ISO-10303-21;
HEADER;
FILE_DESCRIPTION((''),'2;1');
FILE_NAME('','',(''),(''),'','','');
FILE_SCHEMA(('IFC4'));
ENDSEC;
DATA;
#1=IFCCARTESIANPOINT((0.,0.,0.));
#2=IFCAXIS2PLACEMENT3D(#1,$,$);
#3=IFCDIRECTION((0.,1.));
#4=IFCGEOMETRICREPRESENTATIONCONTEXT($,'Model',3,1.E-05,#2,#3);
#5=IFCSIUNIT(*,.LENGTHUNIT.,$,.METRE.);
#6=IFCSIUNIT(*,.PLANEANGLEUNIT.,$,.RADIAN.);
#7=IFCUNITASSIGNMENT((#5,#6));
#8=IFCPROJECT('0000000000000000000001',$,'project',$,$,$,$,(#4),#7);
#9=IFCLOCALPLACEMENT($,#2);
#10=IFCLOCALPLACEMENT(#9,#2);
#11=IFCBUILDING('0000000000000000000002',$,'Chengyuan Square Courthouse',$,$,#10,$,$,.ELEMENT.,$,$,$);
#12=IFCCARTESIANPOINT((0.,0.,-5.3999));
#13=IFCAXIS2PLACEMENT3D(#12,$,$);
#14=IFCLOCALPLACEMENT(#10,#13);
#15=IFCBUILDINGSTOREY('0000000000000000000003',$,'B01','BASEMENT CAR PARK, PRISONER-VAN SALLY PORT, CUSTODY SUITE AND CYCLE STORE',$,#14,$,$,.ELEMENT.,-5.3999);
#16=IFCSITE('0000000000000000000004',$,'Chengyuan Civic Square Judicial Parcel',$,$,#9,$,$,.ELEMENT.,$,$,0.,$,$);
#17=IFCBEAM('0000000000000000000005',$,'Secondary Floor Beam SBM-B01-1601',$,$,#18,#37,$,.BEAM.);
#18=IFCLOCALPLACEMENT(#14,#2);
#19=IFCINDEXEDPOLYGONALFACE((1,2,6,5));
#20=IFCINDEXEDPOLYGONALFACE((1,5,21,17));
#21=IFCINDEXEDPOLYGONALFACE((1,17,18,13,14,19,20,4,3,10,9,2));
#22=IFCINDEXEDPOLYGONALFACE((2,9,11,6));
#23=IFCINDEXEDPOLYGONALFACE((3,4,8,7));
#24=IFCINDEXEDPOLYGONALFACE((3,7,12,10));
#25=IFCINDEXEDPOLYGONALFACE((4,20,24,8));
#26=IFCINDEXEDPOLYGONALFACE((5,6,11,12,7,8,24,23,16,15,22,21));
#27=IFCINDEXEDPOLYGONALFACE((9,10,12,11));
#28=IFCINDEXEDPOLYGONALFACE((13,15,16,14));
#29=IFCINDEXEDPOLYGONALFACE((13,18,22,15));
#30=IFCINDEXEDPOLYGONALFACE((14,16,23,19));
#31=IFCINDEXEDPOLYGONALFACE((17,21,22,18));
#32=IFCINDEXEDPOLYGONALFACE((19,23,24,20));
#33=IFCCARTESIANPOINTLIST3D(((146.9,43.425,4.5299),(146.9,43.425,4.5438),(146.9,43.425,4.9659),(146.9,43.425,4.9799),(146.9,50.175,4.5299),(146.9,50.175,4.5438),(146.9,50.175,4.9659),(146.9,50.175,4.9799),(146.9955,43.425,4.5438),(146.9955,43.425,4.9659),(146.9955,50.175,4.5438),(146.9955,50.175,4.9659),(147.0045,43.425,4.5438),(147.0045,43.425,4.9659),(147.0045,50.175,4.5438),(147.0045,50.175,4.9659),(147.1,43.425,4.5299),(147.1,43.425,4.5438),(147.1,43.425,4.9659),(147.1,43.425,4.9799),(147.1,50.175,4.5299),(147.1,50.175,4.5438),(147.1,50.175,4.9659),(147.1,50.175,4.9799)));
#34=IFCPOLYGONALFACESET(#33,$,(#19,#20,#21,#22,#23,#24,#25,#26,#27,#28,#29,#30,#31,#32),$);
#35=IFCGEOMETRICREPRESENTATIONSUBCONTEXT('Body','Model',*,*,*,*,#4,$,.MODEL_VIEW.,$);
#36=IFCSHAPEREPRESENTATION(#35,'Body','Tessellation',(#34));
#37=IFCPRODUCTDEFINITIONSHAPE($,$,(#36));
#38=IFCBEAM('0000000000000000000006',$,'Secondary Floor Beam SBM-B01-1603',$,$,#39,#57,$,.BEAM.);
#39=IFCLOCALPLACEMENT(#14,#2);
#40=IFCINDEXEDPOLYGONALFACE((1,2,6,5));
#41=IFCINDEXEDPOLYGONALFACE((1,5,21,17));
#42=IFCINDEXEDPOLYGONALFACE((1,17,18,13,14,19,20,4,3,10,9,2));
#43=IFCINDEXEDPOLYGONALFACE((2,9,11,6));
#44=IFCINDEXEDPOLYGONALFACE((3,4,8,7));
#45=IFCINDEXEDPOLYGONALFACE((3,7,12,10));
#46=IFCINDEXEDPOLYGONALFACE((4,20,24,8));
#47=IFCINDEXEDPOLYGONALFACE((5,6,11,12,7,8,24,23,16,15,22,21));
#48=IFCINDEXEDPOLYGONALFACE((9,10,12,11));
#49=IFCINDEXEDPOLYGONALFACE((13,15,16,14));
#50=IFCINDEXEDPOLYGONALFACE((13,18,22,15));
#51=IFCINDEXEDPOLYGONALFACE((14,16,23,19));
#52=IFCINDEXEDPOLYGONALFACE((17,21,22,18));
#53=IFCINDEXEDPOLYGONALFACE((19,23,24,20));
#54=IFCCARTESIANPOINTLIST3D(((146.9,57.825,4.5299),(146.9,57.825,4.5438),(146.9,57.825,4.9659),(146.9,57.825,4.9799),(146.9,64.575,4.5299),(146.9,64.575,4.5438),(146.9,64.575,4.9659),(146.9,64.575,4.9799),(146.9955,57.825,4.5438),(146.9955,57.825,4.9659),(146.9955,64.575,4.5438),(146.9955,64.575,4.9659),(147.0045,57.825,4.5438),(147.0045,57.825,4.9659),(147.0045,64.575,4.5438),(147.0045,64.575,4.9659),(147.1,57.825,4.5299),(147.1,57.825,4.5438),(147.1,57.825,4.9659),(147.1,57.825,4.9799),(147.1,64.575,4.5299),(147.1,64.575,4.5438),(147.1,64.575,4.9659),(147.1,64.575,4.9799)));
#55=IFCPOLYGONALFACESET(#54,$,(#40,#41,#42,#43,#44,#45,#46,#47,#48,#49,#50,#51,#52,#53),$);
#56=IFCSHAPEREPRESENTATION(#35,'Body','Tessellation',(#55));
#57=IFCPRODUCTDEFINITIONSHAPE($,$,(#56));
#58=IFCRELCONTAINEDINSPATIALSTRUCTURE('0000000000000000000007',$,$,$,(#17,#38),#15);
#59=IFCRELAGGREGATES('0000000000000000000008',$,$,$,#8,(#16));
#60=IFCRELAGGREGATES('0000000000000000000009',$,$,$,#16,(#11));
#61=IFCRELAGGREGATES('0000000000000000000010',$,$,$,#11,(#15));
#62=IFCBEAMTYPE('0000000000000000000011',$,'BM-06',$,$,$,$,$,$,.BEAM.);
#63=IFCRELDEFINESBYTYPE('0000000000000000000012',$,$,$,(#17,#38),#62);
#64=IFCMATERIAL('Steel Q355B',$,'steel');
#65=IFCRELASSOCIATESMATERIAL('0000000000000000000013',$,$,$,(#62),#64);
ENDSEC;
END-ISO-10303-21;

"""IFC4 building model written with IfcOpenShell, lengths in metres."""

from ifc_helpers import new_model, si_unit, direction, frame, origin, origin_2d, place, context, subcontext, project, spatial, i_section, extrude, material, material_profile, profile_set, type_object, element, save


model = new_model("IFC4")

# Units and contexts
model_context = context("Model", 3, precision=1e-05, world=origin(), true_north=direction((0.0, 1.0)))
body_context = subcontext(model_context, "Body", "Model", "MODEL_VIEW")
ifc_project = project(units=[si_unit("LENGTHUNIT", "METRE"), si_unit("PLANEANGLEUNIT", "RADIAN")], contexts=[model_context])

# Site, building, storey
site_placement = place(None, origin())
site = spatial("IfcSite", under=ifc_project, at=site_placement, Name="Chengyuan Civic Square Judicial Parcel", CompositionType="ELEMENT", RefElevation=0.0)
building_placement = place(site_placement, origin())
building = spatial("IfcBuilding", under=site, at=building_placement, Name="Chengyuan Square Courthouse", CompositionType="ELEMENT")
storey_placement = place(building_placement, frame((0.0, 0.0, -5.3999)))
storey = spatial("IfcBuildingStorey", under=building, at=storey_placement, Name="B01", Description="BASEMENT CAR PARK, PRISONER-VAN SALLY PORT, CUSTODY SUITE AND CYCLE STORE", CompositionType="ELEMENT", Elevation=-5.3999)

# Beams
ifc_material_1 = material(Name="Steel Q355B", Category="steel")
ifc_material_profile_1 = material_profile(ifc_material_1, i_section(OverallWidth=0.2, OverallDepth=0.45, WebThickness=0.009, FlangeThickness=0.0139, at=origin_2d()), Name="HN 450x200x9x14")
ifc_profile_set_1 = profile_set([ifc_material_profile_1], Name="Steel Q355B")
beam_type_1 = type_object("IfcBeamType", Name="BM-06", PredefinedType="BEAM", material=ifc_profile_set_1)
for number, where, z_axis, x_axis, name in (
    (1, (147.0, 43.425, 4.7549), (0.0, 1.0, 0.0), (-1.0, 0.0, 0.0), "Secondary Floor Beam SBM-B01-1601"),
    (2, (147.0, 57.825, 4.7549), (0.0, 1.0, 0.0), (-1.0, 0.0, 0.0), "Secondary Floor Beam SBM-B01-1603"),
):
    element("IfcBeam", number, at=place(storey_placement, frame(where, z_axis=z_axis, x_axis=x_axis)), inside=storey, type_object=beam_type_1, Name=name, PredefinedType="BEAM", context=body_context, shape_type="SweptSolid", body=[
        extrude(i_section(OverallWidth=0.2, OverallDepth=0.45, WebThickness=0.009, FlangeThickness=0.0139, at=origin_2d()), origin(), (0.0, 0.0, 1.0), 6.75),
    ])

save(model, "model.ifc")
